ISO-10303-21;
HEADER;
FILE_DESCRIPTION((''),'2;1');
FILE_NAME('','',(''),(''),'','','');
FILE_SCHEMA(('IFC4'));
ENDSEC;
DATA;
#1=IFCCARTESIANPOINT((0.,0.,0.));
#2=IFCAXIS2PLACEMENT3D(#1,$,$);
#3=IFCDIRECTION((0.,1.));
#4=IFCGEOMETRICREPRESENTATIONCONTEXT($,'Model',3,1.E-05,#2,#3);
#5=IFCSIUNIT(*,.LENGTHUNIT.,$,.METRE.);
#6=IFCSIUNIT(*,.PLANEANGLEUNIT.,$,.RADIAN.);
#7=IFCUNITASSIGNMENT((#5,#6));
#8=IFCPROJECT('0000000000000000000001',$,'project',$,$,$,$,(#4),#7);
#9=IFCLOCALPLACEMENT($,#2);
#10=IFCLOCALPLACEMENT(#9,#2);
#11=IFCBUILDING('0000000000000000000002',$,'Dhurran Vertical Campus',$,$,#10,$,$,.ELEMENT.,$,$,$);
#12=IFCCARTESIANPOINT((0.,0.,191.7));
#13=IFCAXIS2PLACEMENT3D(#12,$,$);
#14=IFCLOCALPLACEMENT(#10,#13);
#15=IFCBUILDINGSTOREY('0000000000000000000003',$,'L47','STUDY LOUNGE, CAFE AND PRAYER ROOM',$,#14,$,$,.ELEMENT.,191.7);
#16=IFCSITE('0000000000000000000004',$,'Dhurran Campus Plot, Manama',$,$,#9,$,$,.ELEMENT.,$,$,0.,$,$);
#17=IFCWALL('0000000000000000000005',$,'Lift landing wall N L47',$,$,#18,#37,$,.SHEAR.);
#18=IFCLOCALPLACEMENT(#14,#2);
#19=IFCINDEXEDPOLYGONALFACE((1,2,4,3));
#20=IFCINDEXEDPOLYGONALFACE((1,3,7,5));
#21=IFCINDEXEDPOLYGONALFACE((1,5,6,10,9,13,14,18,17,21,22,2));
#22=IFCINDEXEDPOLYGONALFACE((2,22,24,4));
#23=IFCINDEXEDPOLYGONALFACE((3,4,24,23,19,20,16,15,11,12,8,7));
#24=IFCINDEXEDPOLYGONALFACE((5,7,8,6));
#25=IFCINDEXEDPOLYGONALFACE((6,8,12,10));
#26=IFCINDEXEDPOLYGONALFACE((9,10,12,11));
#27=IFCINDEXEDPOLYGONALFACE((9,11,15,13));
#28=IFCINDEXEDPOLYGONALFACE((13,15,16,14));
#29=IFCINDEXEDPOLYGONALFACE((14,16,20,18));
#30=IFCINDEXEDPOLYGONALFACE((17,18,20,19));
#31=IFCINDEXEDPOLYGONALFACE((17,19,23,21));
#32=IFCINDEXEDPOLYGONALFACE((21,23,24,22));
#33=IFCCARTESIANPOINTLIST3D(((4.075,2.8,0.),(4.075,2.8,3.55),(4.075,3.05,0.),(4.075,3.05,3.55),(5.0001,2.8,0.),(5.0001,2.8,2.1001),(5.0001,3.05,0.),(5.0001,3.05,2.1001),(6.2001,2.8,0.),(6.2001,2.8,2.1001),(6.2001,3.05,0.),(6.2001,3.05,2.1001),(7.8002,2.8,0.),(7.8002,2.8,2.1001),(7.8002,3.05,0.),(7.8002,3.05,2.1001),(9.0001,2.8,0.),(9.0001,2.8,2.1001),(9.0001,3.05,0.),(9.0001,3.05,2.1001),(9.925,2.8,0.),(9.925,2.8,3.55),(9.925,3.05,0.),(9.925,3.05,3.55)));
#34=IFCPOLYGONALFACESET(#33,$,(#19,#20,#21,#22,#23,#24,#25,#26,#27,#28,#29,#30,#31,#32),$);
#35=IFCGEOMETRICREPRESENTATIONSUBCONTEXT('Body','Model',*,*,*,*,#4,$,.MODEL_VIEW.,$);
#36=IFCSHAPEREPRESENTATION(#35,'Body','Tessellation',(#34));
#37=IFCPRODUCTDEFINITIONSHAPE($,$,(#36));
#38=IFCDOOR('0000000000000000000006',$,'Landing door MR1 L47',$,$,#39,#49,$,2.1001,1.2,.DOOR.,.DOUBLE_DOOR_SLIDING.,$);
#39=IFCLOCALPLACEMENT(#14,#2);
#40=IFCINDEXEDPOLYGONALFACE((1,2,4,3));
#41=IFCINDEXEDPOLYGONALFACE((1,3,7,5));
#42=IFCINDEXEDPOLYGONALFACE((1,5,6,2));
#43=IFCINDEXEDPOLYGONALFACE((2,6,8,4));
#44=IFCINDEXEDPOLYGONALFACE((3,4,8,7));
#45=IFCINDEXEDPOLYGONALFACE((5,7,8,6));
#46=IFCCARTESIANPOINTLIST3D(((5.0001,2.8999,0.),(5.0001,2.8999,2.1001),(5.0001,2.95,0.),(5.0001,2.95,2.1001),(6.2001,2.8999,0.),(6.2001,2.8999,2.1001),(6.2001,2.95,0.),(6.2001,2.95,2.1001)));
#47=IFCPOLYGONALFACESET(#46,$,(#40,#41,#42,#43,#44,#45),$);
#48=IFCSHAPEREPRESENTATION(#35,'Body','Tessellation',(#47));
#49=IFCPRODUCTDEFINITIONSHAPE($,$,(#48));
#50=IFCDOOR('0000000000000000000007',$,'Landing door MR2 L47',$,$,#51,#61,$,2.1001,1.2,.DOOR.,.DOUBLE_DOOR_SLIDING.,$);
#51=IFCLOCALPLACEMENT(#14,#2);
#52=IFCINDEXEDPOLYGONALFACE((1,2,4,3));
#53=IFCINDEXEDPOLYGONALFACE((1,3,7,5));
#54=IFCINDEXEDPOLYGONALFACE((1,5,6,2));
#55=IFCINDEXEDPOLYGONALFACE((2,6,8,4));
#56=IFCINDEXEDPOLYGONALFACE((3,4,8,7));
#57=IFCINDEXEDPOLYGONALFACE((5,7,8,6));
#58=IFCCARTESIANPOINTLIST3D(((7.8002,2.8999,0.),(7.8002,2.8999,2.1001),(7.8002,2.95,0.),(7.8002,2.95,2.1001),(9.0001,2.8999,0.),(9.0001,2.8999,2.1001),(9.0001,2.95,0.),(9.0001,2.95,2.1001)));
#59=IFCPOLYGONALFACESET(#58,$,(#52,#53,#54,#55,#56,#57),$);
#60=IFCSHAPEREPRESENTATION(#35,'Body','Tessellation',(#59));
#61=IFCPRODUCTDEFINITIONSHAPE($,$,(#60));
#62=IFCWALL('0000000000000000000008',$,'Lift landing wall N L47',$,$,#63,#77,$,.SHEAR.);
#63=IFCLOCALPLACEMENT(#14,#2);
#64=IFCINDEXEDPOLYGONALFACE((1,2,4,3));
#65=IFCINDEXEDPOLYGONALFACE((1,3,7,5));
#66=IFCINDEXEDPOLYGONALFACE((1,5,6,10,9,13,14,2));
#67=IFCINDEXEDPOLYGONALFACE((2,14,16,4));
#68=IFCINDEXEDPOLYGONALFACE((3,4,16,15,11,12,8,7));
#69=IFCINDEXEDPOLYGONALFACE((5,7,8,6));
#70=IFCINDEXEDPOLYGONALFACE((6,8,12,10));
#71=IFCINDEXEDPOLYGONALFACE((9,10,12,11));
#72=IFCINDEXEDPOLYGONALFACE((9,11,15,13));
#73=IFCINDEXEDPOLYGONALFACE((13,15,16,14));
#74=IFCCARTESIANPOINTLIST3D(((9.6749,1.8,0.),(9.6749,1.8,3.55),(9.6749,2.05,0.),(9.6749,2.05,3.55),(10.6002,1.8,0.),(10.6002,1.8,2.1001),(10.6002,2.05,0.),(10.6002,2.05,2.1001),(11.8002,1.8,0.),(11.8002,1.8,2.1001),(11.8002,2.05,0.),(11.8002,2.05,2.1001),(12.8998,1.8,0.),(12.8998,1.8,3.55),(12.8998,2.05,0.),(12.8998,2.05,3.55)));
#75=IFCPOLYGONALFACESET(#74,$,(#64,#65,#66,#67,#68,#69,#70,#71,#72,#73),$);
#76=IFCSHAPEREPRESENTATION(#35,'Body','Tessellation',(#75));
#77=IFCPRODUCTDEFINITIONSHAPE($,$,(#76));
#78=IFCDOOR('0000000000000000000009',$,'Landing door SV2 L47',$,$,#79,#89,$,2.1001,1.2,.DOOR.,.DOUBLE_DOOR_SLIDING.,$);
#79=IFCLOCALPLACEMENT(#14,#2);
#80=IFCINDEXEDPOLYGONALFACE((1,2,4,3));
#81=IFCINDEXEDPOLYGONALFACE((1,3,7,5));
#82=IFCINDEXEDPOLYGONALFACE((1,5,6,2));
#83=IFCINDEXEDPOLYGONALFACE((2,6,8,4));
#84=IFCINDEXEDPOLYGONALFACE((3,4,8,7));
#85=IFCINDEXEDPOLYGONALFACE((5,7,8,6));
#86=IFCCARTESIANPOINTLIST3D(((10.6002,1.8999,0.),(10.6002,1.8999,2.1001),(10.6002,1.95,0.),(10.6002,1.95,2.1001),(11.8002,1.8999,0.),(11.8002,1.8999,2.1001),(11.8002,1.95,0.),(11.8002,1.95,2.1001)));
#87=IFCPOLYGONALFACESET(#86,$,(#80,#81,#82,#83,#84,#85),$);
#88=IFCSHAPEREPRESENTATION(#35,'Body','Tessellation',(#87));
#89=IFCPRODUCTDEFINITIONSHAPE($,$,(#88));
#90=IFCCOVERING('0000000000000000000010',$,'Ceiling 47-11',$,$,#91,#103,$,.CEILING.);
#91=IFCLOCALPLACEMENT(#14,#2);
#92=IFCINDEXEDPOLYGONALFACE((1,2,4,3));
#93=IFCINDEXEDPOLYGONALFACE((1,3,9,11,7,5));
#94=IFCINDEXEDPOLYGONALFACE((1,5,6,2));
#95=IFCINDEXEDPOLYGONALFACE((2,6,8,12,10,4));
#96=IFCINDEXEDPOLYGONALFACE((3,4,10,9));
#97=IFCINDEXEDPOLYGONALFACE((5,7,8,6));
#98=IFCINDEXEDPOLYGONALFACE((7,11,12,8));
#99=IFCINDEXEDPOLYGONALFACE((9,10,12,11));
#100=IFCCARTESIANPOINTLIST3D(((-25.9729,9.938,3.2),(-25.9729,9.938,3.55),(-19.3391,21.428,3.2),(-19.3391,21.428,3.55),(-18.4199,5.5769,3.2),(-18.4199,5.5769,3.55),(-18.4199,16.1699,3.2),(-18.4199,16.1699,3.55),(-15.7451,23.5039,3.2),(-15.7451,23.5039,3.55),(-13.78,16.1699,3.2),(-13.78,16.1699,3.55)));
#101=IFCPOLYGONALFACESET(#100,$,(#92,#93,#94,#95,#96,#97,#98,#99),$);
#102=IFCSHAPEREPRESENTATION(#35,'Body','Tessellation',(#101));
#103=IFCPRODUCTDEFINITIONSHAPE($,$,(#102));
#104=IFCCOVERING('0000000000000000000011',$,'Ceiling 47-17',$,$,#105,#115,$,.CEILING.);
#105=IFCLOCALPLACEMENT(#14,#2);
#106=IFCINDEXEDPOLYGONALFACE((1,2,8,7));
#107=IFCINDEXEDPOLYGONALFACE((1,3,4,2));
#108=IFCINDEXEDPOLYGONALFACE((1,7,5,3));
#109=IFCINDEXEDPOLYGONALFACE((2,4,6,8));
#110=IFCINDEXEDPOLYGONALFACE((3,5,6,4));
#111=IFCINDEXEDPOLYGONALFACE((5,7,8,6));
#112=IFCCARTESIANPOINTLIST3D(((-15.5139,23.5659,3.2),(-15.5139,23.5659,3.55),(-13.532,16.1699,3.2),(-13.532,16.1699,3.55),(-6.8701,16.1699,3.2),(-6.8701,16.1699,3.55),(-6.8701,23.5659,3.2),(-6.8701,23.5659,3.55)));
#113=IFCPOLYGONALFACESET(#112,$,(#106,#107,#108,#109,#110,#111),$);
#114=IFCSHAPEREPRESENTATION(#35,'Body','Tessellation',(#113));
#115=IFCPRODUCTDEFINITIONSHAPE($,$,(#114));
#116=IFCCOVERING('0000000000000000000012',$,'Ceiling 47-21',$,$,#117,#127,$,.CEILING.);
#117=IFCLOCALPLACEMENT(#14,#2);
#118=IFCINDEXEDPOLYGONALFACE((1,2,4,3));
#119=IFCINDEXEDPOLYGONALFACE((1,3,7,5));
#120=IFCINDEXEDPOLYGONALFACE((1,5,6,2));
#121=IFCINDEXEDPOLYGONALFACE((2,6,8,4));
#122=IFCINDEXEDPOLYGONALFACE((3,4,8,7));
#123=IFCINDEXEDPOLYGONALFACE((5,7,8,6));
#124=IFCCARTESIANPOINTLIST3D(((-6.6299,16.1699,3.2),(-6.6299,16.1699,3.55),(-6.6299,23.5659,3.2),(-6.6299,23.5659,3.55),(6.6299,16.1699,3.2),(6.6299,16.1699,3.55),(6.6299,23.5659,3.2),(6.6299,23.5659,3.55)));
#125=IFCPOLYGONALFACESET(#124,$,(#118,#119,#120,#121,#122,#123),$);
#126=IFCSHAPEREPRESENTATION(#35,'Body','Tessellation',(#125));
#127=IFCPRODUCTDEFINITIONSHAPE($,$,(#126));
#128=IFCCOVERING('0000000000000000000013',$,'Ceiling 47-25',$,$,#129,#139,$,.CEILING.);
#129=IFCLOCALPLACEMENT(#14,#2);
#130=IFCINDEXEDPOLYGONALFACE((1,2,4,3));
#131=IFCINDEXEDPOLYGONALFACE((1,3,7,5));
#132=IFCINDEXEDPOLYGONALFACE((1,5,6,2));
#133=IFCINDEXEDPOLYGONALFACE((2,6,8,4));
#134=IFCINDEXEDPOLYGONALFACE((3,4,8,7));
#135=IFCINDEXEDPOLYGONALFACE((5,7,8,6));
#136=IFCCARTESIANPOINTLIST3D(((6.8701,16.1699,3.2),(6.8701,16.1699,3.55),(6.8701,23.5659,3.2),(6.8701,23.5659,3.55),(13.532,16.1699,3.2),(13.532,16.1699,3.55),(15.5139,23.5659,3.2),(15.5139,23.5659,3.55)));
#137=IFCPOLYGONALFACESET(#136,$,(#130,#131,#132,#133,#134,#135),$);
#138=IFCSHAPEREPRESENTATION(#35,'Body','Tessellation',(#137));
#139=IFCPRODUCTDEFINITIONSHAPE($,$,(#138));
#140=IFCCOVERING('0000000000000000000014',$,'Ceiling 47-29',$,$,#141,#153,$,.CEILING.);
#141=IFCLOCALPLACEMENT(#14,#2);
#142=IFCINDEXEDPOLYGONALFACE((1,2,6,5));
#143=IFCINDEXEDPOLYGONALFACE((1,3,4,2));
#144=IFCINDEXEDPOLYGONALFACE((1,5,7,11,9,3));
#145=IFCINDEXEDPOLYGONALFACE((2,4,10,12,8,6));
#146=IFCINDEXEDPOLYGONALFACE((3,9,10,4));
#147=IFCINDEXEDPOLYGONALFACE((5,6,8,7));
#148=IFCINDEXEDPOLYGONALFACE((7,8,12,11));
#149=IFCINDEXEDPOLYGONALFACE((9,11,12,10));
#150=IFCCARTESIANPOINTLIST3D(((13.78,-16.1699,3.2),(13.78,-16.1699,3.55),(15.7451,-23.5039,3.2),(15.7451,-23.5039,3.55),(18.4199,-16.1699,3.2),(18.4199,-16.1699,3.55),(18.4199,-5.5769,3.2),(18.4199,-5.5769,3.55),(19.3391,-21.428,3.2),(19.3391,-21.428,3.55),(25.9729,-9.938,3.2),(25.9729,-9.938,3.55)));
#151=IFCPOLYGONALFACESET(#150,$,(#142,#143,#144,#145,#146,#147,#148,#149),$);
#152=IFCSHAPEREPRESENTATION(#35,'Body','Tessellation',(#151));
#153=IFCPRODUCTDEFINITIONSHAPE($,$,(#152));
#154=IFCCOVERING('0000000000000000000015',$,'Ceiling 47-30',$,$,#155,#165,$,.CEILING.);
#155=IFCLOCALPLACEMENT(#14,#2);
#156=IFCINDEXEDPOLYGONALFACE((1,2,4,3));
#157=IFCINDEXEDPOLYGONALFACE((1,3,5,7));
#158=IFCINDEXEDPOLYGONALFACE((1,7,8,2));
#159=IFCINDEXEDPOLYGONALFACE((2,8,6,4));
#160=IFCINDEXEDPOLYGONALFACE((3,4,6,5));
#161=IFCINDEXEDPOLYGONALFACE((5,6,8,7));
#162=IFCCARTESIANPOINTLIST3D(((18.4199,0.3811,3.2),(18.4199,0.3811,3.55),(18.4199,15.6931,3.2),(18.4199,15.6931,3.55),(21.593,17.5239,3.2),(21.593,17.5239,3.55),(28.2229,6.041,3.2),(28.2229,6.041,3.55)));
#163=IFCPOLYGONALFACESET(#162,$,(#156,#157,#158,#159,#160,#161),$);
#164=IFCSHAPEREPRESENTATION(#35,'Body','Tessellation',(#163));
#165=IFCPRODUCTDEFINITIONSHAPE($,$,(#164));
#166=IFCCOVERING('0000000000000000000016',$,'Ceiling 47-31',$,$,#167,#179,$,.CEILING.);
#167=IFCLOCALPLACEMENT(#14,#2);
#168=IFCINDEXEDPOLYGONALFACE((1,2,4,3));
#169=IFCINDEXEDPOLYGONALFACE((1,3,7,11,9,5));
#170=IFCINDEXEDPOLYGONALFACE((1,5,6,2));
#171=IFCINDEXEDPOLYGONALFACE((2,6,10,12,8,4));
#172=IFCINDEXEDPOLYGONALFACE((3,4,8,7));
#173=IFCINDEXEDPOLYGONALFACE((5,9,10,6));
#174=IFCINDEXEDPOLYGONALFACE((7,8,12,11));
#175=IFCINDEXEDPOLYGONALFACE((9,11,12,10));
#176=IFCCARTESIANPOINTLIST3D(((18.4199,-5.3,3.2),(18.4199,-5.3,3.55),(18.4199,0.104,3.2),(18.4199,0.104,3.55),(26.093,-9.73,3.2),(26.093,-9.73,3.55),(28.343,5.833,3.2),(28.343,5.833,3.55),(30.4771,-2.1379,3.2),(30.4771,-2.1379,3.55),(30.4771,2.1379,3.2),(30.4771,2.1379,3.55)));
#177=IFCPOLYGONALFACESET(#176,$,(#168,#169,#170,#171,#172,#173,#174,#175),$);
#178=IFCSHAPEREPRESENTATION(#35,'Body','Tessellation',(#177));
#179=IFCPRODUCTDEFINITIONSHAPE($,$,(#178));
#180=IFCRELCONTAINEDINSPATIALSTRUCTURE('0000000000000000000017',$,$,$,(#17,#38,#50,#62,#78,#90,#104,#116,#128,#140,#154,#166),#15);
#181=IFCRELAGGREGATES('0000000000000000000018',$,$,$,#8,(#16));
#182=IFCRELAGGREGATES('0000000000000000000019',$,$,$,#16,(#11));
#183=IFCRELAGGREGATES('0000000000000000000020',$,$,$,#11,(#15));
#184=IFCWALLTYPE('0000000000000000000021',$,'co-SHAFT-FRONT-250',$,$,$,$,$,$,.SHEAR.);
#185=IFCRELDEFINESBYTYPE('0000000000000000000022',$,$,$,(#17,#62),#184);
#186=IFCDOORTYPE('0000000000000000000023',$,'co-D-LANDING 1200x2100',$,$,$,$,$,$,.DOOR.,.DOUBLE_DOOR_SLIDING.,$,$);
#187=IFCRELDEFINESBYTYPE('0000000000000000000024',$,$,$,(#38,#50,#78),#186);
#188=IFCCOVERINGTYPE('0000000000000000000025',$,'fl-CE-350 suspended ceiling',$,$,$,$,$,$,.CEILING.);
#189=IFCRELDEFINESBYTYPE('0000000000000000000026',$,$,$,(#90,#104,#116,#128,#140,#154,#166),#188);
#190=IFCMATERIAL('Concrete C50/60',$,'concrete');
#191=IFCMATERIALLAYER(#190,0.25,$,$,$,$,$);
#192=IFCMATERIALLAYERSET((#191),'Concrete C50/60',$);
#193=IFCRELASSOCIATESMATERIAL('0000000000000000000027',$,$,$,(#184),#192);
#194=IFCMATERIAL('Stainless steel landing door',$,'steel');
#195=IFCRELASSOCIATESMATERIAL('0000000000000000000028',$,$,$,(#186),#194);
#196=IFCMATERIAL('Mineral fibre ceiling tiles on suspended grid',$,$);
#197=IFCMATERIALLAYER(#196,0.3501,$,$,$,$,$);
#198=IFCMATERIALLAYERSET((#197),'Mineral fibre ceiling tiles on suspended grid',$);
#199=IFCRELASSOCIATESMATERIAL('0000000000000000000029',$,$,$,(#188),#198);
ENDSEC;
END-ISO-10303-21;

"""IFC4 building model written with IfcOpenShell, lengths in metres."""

from ifc_helpers import new_model, si_unit, direction, frame, frame_2d, origin, place, context, subcontext, project, spatial, polyline, rectangle, outline, extrude, material, layer, layer_set, type_object, element, fill, save


model = new_model("IFC4")

# Units and contexts
model_context = context("Model", 3, precision=1e-05, world=origin(), true_north=direction((0.0, 1.0)))
body_context = subcontext(model_context, "Body", "Model", "MODEL_VIEW")
ifc_project = project(units=[si_unit("LENGTHUNIT", "METRE"), si_unit("PLANEANGLEUNIT", "RADIAN")], contexts=[model_context])

# Site, building, storey
site_placement = place(None, origin())
site = spatial("IfcSite", under=ifc_project, at=site_placement, Name="Dhurran Campus Plot, Manama", CompositionType="ELEMENT", RefElevation=0.0)
building_placement = place(site_placement, origin())
building = spatial("IfcBuilding", under=site, at=building_placement, Name="Dhurran Vertical Campus", CompositionType="ELEMENT")
storey_placement = place(building_placement, frame((0.0, 0.0, 191.7)))
storey = spatial("IfcBuildingStorey", under=building, at=storey_placement, Name="L47", Description="STUDY LOUNGE, CAFE AND PRAYER ROOM", CompositionType="ELEMENT", Elevation=191.7)

# Wall, openings, doors
ifc_material_1 = material(Name="Concrete C50/60", Category="concrete")
ifc_layer_1 = layer(ifc_material_1, 0.25)
ifc_layer_set_1 = layer_set([ifc_layer_1], Name="Concrete C50/60")
wall_type_1 = type_object("IfcWallType", Name="co-SHAFT-FRONT-250", PredefinedType="SHEAR", material=ifc_layer_set_1)
wall_1_placement = place(storey_placement, frame((4.075, 2.925, 0.0), z_axis=(0.0, 0.0, 1.0), x_axis=(1.0, 0.0, 0.0)))
wall_1 = element("IfcWall", 1, at=wall_1_placement, inside=storey, type_object=wall_type_1, Name="Lift landing wall N L47", PredefinedType="SHEAR", context=body_context, shape_type="SweptSolid", body=[
    extrude(rectangle(XDim=5.8501, YDim=0.25, at=frame_2d((2.925, 0.0))), origin(), (0.0, 0.0, 1.0), 3.55),
])
opening_1_placement = place(wall_1_placement, frame((0.925, 0.0, 0.0)))
opening_1 = element("IfcOpeningElement", 2, at=opening_1_placement, cuts=wall_1, PredefinedType="OPENING", context=body_context, shape_type="SweptSolid", body=[
    extrude(rectangle(XDim=1.2, YDim=2.1001, at=frame_2d((0.6001, 1.05))), frame((0.0, 0.135, 0.0), z_axis=(0.0, -1.0, 0.0), x_axis=(1.0, 0.0, 0.0)), (0.0, 0.0, 1.0), 0.27),
])
opening_2_placement = place(wall_1_placement, frame((3.7251, 0.0, 0.0)))
opening_2 = element("IfcOpeningElement", 3, at=opening_2_placement, cuts=wall_1, PredefinedType="OPENING", context=body_context, shape_type="SweptSolid", body=[
    extrude(rectangle(XDim=1.2, YDim=2.1001, at=frame_2d((0.6001, 1.05))), frame((0.0, 0.135, 0.0), z_axis=(0.0, -1.0, 0.0), x_axis=(1.0, 0.0, 0.0)), (0.0, 0.0, 1.0), 0.27),
])
ifc_material_2 = material(Name="Stainless steel landing door", Category="steel")
door_type_1 = type_object("IfcDoorType", Name="co-D-LANDING 1200x2100", OperationType="DOUBLE_DOOR_SLIDING", PredefinedType="DOOR", material=ifc_material_2)
door_1_placement = place(opening_1_placement, origin())
door_1 = element("IfcDoor", 4, at=door_1_placement, inside=storey, type_object=door_type_1, Name="Landing door MR1 L47", OperationType="DOUBLE_DOOR_SLIDING", OverallHeight=2.1001, OverallWidth=1.2, PredefinedType="DOOR", context=body_context, shape_type="SweptSolid", body=[
    extrude(rectangle(XDim=1.2, YDim=2.1001, at=frame_2d((0.6001, 1.05))), frame((0.0, 0.0249, 0.0), z_axis=(0.0, -1.0, 0.0), x_axis=(1.0, 0.0, 0.0)), (0.0, 0.0, 1.0), 0.05),
])
fill(opening_1, door_1)
door_2_placement = place(opening_2_placement, origin())
door_2 = element("IfcDoor", 5, at=door_2_placement, inside=storey, type_object=door_type_1, Name="Landing door MR2 L47", OperationType="DOUBLE_DOOR_SLIDING", OverallHeight=2.1001, OverallWidth=1.2, PredefinedType="DOOR", context=body_context, shape_type="SweptSolid", body=[
    extrude(rectangle(XDim=1.2, YDim=2.1001, at=frame_2d((0.6001, 1.05))), frame((0.0, 0.0249, 0.0), z_axis=(0.0, -1.0, 0.0), x_axis=(1.0, 0.0, 0.0)), (0.0, 0.0, 1.0), 0.05),
])
fill(opening_2, door_2)

# Wall, opening, door
wall_2_placement = place(storey_placement, frame((9.675, 1.925, 0.0), z_axis=(0.0, 0.0, 1.0), x_axis=(1.0, 0.0, 0.0)))
wall_2 = element("IfcWall", 6, at=wall_2_placement, inside=storey, type_object=wall_type_1, Name="Lift landing wall N L47", PredefinedType="SHEAR", context=body_context, shape_type="SweptSolid", body=[
    extrude(rectangle(XDim=3.2249, YDim=0.25, at=frame_2d((1.6123, 0.0))), origin(), (0.0, 0.0, 1.0), 3.55),
])
opening_3_placement = place(wall_2_placement, frame((0.925, 0.0, 0.0)))
opening_3 = element("IfcOpeningElement", 7, at=opening_3_placement, cuts=wall_2, PredefinedType="OPENING", context=body_context, shape_type="SweptSolid", body=[
    extrude(rectangle(XDim=1.2, YDim=2.1001, at=frame_2d((0.6001, 1.05))), frame((0.0, 0.135, 0.0), z_axis=(0.0, -1.0, 0.0), x_axis=(1.0, 0.0, 0.0)), (0.0, 0.0, 1.0), 0.27),
])
door_3_placement = place(opening_3_placement, origin())
door_3 = element("IfcDoor", 8, at=door_3_placement, inside=storey, type_object=door_type_1, Name="Landing door SV2 L47", OperationType="DOUBLE_DOOR_SLIDING", OverallHeight=2.1001, OverallWidth=1.2, PredefinedType="DOOR", context=body_context, shape_type="SweptSolid", body=[
    extrude(rectangle(XDim=1.2, YDim=2.1001, at=frame_2d((0.6001, 1.05))), frame((0.0, 0.0249, 0.0), z_axis=(0.0, -1.0, 0.0), x_axis=(1.0, 0.0, 0.0)), (0.0, 0.0, 1.0), 0.05),
])
fill(opening_3, door_3)

# Coverings
ifc_material_3 = material(Name="Mineral fibre ceiling tiles on suspended grid")
ifc_layer_2 = layer(ifc_material_3, 0.3501)
ifc_layer_set_2 = layer_set([ifc_layer_2], Name="Mineral fibre ceiling tiles on suspended grid")
covering_type = type_object("IfcCoveringType", Name="fl-CE-350 suspended ceiling", PredefinedType="CEILING", material=ifc_layer_set_2)
covering_1_placement = place(storey_placement, frame((0.0, 0.0, 3.2)))
element("IfcCovering", 9, at=covering_1_placement, inside=storey, type_object=covering_type, Name="Ceiling 47-11", PredefinedType="CEILING", context=body_context, shape_type="SweptSolid", body=[
    extrude(outline(polyline([(-25.9729, 9.938), (-19.3391, 21.428), (-15.7451, 23.5039), (-13.78, 16.1699), (-18.4199, 16.1699), (-18.4199, 5.5769), (-25.9729, 9.938)])), origin(), (0.0, 0.0, 1.0), 0.3501),
])
covering_2_placement = place(storey_placement, frame((0.0, 0.0, 3.2)))
element("IfcCovering", 10, at=covering_2_placement, inside=storey, type_object=covering_type, Name="Ceiling 47-17", PredefinedType="CEILING", context=body_context, shape_type="SweptSolid", body=[
    extrude(outline(polyline([(-15.5139, 23.5659), (-6.8701, 23.5659), (-6.8701, 16.1699), (-13.532, 16.1699), (-15.5139, 23.5659)])), origin(), (0.0, 0.0, 1.0), 0.3501),
])
covering_3_placement = place(storey_placement, frame((0.0, 0.0, 3.2)))
element("IfcCovering", 11, at=covering_3_placement, inside=storey, type_object=covering_type, Name="Ceiling 47-21", PredefinedType="CEILING", context=body_context, shape_type="SweptSolid", body=[
    extrude(outline(polyline([(-6.6299, 23.5659), (6.6299, 23.5659), (6.6299, 16.1699), (-6.6299, 16.1699), (-6.6299, 23.5659)])), origin(), (0.0, 0.0, 1.0), 0.3501),
])
covering_4_placement = place(storey_placement, frame((0.0, 0.0, 3.2)))
element("IfcCovering", 12, at=covering_4_placement, inside=storey, type_object=covering_type, Name="Ceiling 47-25", PredefinedType="CEILING", context=body_context, shape_type="SweptSolid", body=[
    extrude(outline(polyline([(6.8701, 23.5659), (15.5139, 23.5659), (13.532, 16.1699), (6.8701, 16.1699), (6.8701, 23.5659)])), origin(), (0.0, 0.0, 1.0), 0.3501),
])
covering_5_placement = place(storey_placement, frame((0.0, 0.0, 3.2)))
element("IfcCovering", 13, at=covering_5_placement, inside=storey, type_object=covering_type, Name="Ceiling 47-29", PredefinedType="CEILING", context=body_context, shape_type="SweptSolid", body=[
    extrude(outline(polyline([(25.9729, -9.938), (19.3391, -21.428), (15.7451, -23.5039), (13.78, -16.1699), (18.4199, -16.1699), (18.4199, -5.5769), (25.9729, -9.938)])), origin(), (0.0, 0.0, 1.0), 0.3501),
])
covering_6_placement = place(storey_placement, frame((0.0, 0.0, 3.2)))
element("IfcCovering", 14, at=covering_6_placement, inside=storey, type_object=covering_type, Name="Ceiling 47-30", PredefinedType="CEILING", context=body_context, shape_type="SweptSolid", body=[
    extrude(outline(polyline([(21.593, 17.5239), (28.2229, 6.041), (18.4199, 0.3811), (18.4199, 15.6931), (21.593, 17.5239)])), origin(), (0.0, 0.0, 1.0), 0.3501),
])
covering_7_placement = place(storey_placement, frame((0.0, 0.0, 3.2)))
element("IfcCovering", 15, at=covering_7_placement, inside=storey, type_object=covering_type, Name="Ceiling 47-31", PredefinedType="CEILING", context=body_context, shape_type="SweptSolid", body=[
    extrude(outline(polyline([(28.343, 5.833), (30.4771, 2.1379), (30.4771, -2.1379), (26.093, -9.73), (18.4199, -5.3), (18.4199, 0.104), (28.343, 5.833)])), origin(), (0.0, 0.0, 1.0), 0.3501),
])

save(model, "model.ifc")
